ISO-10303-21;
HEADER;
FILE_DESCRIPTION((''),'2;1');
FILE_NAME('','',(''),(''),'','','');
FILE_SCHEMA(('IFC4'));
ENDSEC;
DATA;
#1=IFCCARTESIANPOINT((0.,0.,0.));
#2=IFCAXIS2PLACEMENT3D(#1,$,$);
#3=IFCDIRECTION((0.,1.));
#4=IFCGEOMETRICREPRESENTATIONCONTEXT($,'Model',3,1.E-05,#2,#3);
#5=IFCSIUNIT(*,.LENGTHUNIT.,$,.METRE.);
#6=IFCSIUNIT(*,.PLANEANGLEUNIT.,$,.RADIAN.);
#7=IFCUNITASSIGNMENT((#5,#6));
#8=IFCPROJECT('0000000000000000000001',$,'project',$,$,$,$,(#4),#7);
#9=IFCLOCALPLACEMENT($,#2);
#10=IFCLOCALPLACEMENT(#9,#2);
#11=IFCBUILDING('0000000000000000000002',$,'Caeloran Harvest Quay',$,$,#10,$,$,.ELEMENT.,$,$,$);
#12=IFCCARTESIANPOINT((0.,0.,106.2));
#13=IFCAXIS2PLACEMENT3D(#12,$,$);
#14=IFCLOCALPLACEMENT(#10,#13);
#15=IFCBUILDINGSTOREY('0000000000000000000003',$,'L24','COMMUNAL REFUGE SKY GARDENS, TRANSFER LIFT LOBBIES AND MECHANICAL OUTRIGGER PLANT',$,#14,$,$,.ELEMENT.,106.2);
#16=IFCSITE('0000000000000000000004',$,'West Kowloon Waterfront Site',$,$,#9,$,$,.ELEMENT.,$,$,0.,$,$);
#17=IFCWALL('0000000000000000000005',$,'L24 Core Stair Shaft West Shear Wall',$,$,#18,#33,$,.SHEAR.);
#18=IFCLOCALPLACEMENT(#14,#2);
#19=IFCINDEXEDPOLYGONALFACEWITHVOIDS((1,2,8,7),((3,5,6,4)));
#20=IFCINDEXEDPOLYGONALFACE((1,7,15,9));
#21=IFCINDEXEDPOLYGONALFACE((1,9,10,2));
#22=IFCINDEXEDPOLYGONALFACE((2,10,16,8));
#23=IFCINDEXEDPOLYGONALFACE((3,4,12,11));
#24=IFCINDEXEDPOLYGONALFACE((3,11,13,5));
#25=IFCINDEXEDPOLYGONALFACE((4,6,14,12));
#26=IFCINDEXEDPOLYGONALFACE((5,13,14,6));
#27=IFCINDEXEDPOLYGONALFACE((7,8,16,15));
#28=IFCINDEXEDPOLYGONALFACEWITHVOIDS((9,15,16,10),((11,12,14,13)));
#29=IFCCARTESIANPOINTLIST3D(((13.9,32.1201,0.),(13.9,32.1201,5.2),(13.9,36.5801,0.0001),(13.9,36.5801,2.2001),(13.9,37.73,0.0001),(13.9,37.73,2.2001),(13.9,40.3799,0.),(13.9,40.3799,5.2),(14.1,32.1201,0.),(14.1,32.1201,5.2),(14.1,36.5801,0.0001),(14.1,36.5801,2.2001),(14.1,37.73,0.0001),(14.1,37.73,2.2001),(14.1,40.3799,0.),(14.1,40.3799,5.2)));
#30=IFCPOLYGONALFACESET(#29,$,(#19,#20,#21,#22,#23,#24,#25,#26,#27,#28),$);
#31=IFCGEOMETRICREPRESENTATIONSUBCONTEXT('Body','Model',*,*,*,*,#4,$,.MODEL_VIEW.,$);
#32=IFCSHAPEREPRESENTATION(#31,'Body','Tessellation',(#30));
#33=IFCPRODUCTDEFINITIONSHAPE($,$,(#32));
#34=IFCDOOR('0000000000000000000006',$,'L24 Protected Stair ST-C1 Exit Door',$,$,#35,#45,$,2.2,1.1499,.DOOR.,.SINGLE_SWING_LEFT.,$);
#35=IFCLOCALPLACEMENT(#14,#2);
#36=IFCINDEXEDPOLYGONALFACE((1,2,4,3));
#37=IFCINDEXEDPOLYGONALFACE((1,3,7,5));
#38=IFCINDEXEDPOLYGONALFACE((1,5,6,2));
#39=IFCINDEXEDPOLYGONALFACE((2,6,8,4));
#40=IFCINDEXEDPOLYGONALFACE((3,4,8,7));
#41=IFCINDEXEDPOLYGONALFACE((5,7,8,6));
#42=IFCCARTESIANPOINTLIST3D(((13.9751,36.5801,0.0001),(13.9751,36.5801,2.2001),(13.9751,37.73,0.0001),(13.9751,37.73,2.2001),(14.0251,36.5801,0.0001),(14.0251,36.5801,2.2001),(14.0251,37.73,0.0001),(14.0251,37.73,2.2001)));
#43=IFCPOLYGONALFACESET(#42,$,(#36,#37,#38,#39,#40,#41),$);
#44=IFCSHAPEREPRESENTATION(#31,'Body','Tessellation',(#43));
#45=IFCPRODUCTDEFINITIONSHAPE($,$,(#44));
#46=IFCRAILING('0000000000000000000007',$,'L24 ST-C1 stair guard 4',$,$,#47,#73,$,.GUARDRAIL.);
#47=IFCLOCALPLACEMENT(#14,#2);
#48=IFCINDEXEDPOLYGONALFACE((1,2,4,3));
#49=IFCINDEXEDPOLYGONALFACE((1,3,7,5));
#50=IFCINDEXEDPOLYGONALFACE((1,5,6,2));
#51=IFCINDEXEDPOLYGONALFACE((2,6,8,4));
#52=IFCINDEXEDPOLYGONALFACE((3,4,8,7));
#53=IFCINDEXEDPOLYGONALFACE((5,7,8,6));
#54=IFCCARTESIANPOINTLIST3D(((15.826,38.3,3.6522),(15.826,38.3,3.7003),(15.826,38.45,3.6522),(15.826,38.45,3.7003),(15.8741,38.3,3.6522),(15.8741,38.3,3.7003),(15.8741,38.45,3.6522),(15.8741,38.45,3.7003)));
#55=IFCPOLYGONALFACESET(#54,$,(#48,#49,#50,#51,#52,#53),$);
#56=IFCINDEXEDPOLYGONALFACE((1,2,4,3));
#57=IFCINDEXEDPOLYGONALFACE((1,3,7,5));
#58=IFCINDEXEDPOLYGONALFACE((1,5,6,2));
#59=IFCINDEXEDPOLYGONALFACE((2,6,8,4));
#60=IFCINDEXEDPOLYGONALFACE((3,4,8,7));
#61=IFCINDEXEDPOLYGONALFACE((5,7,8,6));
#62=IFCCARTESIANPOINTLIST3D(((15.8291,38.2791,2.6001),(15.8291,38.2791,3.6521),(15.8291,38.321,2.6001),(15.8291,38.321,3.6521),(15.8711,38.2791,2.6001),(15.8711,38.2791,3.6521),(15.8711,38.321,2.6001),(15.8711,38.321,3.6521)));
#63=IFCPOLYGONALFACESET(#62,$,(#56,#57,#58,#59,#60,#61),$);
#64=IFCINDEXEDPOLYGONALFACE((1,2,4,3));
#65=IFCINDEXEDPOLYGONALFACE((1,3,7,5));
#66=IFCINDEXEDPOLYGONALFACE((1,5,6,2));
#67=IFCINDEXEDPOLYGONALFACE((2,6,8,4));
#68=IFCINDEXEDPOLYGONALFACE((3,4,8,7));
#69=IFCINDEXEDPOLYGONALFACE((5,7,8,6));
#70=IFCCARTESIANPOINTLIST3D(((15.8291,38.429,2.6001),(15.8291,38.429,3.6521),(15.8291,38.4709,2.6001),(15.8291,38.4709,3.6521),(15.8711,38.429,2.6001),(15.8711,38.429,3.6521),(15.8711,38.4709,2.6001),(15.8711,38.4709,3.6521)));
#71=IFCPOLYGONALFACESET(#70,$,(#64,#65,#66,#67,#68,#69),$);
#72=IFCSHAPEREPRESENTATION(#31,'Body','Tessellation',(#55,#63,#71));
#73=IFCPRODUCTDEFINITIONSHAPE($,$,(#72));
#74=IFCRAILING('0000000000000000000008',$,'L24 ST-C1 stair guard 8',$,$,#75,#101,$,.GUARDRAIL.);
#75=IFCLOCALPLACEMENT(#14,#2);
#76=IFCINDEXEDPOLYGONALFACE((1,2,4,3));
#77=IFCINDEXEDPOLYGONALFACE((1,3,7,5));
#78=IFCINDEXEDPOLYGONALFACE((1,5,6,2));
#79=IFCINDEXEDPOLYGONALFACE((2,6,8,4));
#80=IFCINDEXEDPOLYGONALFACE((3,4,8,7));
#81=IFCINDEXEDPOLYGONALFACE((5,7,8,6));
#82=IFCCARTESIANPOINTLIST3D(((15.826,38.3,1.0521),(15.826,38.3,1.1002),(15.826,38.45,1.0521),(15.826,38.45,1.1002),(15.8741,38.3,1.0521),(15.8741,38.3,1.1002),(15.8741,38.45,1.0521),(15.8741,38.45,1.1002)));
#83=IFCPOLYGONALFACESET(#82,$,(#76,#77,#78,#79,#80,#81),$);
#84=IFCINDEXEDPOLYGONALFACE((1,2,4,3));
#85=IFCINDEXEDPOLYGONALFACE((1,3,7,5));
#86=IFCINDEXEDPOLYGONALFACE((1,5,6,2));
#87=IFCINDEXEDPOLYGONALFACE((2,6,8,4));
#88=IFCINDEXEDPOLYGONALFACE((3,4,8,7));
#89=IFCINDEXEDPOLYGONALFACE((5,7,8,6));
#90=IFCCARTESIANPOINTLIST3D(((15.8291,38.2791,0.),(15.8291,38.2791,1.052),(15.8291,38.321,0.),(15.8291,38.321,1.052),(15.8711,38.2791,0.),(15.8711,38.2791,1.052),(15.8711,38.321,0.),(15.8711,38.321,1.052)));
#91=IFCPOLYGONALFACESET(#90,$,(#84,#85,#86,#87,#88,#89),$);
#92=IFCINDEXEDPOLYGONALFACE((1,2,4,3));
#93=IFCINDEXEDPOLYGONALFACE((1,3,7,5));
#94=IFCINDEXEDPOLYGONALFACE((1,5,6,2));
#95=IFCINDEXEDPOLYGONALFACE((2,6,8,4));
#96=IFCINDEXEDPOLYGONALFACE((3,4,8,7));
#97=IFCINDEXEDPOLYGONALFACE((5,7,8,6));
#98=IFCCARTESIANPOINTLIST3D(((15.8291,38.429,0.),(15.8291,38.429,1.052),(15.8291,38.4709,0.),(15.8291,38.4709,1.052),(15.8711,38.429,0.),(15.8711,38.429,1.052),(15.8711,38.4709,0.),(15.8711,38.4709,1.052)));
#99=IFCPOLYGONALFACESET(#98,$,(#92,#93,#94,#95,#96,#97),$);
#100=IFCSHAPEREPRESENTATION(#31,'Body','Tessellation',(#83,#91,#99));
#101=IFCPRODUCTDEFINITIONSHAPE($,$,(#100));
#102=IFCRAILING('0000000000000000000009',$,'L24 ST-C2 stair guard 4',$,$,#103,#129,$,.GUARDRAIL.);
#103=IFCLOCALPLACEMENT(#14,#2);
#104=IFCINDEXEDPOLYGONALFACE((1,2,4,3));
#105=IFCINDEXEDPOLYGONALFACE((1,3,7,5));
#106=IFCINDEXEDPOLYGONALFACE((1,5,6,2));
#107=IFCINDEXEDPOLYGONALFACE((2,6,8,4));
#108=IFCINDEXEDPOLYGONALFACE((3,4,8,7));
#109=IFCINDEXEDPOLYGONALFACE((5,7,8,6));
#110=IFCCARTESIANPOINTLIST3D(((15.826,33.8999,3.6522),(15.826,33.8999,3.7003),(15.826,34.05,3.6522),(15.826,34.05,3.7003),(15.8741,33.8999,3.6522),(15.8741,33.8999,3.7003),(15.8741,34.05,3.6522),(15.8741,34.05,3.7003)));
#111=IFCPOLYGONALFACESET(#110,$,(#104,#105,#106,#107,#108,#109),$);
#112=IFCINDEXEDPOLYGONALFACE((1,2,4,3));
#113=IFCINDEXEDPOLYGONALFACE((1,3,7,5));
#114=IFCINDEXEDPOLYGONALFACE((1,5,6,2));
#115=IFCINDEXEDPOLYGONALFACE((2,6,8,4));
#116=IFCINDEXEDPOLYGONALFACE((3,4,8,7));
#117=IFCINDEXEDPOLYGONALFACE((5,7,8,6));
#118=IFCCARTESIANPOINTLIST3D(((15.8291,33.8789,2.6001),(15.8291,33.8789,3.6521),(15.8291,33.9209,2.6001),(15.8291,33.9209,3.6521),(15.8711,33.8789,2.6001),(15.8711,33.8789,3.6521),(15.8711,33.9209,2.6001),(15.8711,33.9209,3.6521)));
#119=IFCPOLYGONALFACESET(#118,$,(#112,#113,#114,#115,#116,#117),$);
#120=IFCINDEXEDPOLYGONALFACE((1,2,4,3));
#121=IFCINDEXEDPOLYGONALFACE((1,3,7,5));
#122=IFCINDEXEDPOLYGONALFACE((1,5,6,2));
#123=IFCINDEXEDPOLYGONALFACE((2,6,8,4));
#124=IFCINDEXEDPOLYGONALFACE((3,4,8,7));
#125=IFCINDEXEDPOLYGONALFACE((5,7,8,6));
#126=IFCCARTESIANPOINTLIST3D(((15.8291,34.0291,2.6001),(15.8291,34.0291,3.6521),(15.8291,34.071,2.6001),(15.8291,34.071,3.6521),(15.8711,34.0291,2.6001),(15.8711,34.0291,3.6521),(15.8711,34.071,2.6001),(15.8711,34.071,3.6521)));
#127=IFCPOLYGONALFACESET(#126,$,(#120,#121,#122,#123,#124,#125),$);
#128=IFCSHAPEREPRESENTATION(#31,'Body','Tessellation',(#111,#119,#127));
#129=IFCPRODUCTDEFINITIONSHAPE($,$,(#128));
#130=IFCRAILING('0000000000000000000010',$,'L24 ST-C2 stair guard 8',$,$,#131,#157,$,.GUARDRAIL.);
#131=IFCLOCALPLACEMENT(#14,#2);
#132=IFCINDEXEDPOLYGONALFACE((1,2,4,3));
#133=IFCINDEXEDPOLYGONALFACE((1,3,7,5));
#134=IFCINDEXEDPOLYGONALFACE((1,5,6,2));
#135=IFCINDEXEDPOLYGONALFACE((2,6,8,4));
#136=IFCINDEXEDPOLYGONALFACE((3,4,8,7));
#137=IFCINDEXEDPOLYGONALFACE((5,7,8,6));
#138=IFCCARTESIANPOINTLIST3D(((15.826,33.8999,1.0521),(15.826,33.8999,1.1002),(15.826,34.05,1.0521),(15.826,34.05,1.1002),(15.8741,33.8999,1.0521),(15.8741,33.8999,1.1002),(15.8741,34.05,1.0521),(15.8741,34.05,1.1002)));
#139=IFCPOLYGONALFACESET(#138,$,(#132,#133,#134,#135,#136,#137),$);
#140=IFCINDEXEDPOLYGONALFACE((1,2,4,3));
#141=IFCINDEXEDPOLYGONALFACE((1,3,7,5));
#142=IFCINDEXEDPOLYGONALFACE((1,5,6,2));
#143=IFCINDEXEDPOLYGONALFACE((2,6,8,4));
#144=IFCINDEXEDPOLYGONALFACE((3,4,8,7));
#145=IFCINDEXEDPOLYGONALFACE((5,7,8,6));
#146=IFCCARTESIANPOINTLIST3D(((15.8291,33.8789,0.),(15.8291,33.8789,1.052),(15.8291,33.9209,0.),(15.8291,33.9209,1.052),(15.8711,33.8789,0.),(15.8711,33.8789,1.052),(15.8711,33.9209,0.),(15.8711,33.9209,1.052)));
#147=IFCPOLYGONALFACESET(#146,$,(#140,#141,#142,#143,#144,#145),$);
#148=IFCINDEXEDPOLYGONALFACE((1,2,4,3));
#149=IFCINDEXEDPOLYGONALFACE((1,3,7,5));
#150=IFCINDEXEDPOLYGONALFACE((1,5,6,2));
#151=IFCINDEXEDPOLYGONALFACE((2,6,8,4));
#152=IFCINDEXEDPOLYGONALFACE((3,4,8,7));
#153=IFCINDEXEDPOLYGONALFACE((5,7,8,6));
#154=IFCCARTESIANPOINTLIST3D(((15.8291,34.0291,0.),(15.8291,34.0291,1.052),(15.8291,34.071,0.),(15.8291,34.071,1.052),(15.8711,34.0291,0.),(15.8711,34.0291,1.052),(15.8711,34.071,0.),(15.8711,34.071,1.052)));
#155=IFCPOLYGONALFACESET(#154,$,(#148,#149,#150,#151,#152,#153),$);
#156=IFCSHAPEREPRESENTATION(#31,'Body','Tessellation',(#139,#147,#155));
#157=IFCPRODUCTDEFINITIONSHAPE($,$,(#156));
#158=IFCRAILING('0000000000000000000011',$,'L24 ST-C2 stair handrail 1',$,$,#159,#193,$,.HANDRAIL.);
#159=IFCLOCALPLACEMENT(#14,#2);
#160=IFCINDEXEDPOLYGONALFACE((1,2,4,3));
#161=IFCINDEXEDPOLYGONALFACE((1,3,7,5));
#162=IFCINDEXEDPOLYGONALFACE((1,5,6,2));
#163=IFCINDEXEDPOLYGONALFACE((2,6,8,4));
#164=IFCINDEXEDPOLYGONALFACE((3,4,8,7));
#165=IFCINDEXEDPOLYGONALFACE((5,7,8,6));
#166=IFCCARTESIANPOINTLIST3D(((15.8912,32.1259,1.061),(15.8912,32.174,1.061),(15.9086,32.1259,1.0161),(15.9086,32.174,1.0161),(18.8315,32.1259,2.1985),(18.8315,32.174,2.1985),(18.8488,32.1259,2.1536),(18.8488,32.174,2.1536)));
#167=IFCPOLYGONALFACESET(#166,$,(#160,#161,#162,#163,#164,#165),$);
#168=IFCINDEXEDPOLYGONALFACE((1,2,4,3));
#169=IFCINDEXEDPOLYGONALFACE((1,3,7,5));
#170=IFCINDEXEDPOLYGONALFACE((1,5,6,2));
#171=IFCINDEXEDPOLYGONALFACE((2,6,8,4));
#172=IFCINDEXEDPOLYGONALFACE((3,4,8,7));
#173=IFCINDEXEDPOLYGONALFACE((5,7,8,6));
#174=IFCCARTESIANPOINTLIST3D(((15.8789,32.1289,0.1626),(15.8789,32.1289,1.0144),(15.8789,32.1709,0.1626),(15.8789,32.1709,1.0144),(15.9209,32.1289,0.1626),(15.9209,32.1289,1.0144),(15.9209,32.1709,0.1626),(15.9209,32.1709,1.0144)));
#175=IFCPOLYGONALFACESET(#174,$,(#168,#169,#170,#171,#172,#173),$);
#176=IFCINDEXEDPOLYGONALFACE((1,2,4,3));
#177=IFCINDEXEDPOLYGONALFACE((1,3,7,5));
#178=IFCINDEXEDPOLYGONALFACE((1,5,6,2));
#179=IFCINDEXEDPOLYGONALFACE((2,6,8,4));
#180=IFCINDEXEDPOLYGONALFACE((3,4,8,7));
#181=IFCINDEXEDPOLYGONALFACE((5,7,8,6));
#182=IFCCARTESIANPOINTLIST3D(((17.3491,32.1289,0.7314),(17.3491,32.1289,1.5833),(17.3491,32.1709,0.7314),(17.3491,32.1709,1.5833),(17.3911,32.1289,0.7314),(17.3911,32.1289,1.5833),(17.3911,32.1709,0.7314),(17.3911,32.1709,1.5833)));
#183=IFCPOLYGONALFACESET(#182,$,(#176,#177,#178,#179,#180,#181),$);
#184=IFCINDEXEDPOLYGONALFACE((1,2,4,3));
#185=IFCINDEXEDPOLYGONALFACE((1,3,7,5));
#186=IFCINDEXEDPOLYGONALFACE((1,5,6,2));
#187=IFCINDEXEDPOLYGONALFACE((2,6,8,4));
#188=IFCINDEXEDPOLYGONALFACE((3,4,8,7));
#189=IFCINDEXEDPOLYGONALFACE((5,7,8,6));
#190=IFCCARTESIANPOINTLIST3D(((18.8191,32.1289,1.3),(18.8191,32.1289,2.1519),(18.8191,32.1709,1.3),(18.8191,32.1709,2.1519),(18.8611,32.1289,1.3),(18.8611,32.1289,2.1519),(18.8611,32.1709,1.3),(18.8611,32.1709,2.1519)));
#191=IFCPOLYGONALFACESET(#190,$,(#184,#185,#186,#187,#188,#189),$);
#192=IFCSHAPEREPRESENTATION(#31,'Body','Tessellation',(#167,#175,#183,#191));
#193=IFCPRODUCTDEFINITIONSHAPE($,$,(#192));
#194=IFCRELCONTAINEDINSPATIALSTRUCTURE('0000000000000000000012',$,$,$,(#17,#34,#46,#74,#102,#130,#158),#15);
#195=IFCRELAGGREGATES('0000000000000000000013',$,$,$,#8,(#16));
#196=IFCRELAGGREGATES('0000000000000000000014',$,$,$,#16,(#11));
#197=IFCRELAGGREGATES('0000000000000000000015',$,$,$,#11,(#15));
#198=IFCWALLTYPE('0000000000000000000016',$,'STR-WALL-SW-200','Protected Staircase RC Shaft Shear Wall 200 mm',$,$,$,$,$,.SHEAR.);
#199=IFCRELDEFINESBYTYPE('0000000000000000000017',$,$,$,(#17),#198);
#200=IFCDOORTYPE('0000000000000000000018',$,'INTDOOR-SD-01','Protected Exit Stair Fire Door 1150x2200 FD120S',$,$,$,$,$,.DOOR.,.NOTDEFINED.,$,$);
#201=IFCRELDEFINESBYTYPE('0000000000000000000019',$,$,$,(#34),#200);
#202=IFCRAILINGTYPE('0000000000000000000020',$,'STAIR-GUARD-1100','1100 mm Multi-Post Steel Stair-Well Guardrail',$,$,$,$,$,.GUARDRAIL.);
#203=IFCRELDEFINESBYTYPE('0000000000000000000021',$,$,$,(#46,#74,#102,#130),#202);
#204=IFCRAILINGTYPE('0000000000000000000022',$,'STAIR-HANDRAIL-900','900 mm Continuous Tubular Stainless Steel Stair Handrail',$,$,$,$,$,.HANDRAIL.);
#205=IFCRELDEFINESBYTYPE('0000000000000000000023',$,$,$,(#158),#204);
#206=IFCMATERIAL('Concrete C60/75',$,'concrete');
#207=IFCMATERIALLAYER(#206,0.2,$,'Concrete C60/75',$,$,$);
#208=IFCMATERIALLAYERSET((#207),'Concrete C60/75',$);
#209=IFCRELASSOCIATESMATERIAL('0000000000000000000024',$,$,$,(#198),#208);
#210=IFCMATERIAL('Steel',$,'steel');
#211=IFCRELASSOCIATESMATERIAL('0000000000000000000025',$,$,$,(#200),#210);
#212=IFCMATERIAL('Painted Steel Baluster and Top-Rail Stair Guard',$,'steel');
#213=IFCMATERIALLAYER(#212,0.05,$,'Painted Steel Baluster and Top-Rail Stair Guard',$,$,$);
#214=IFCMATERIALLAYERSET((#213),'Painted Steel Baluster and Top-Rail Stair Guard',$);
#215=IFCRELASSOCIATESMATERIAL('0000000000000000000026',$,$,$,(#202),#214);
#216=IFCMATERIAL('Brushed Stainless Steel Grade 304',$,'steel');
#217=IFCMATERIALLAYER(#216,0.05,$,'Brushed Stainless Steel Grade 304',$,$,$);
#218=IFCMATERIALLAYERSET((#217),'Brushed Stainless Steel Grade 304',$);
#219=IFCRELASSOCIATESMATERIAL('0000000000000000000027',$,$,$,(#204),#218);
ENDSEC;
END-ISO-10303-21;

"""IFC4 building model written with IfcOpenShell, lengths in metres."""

from ifc_helpers import new_model, si_unit, direction, frame, frame_2d, origin, origin_2d, place, context, subcontext, project, spatial, rectangle, extrude, material, layer, layer_set, type_object, element, fill, save


model = new_model("IFC4")

# Units and contexts
model_context = context("Model", 3, precision=1e-05, world=origin(), true_north=direction((0.0, 1.0)))
body_context = subcontext(model_context, "Body", "Model", "MODEL_VIEW")
ifc_project = project(units=[si_unit("LENGTHUNIT", "METRE"), si_unit("PLANEANGLEUNIT", "RADIAN")], contexts=[model_context])

# Site, building, storey
site_placement = place(None, origin())
site = spatial("IfcSite", under=ifc_project, at=site_placement, Name="West Kowloon Waterfront Site", CompositionType="ELEMENT", RefElevation=0.0)
building_placement = place(site_placement, origin())
building = spatial("IfcBuilding", under=site, at=building_placement, Name="Caeloran Harvest Quay", CompositionType="ELEMENT")
storey_placement = place(building_placement, frame((0.0, 0.0, 106.2)))
storey = spatial("IfcBuildingStorey", under=building, at=storey_placement, Name="L24", Description="COMMUNAL REFUGE SKY GARDENS, TRANSFER LIFT LOBBIES AND MECHANICAL OUTRIGGER PLANT", CompositionType="ELEMENT", Elevation=106.2)

# Shared definitions
ifc_material_1 = material(Name="Steel", Category="steel")

# Shared definitions
ifc_material_2 = material(Name="Concrete C60/75", Category="concrete")

# Wall, opening, door
ifc_layer_1 = layer(ifc_material_2, 0.2, Name="Concrete C60/75")
ifc_layer_set_1 = layer_set([ifc_layer_1], Name="Concrete C60/75")
wall_type_1 = type_object("IfcWallType", Name="STR-WALL-SW-200", Description="Protected Staircase RC Shaft Shear Wall 200 mm", PredefinedType="SHEAR", material=ifc_layer_set_1)
wall_1_placement = place(storey_placement, frame((14.0, 32.1201, 0.0), z_axis=(0.0, 0.0, 1.0), x_axis=(0.0, 1.0, 0.0)))
wall_1 = element("IfcWall", 1, at=wall_1_placement, inside=storey, type_object=wall_type_1, Name="L24 Core Stair Shaft West Shear Wall", PredefinedType="SHEAR", context=body_context, shape_type="SweptSolid", body=[
    extrude(rectangle(XDim=8.2598, YDim=0.2, at=frame_2d((4.1299, 0.0))), origin(), (0.0, 0.0, 1.0), 5.2),
])
opening_1_placement = place(wall_1_placement, frame((4.46, 0.0, 0.0)))
opening_1 = element("IfcOpeningElement", 2, at=opening_1_placement, cuts=wall_1, PredefinedType="OPENING", context=body_context, shape_type="SweptSolid", body=[
    extrude(rectangle(XDim=1.1499, YDim=2.2, at=frame_2d((0.575, 1.1001))), frame((0.0, 0.1099, 0.0), z_axis=(0.0, -1.0, 0.0), x_axis=(1.0, 0.0, 0.0)), (0.0, 0.0, 1.0), 0.22),
])
door_type_1 = type_object("IfcDoorType", Name="INTDOOR-SD-01", Description="Protected Exit Stair Fire Door 1150x2200 FD120S", OperationType="NOTDEFINED", PredefinedType="DOOR", material=ifc_material_1)
door_1_placement = place(opening_1_placement, origin())
door_1 = element("IfcDoor", 3, at=door_1_placement, inside=storey, type_object=door_type_1, Name="L24 Protected Stair ST-C1 Exit Door", OperationType="SINGLE_SWING_LEFT", OverallHeight=2.2, OverallWidth=1.1499, PredefinedType="DOOR", context=body_context, shape_type="SweptSolid", body=[
    extrude(rectangle(XDim=1.1499, YDim=2.2, at=frame_2d((0.575, 1.1001))), frame((0.0, 0.0249, 0.0), z_axis=(0.0, -1.0, 0.0), x_axis=(1.0, 0.0, 0.0)), (0.0, 0.0, 1.0), 0.05),
])
fill(opening_1, door_1)

# Railings
ifc_material_3 = material(Name="Painted Steel Baluster and Top-Rail Stair Guard", Category="steel")
ifc_layer_2 = layer(ifc_material_3, 0.05, Name="Painted Steel Baluster and Top-Rail Stair Guard")
ifc_layer_set_2 = layer_set([ifc_layer_2], Name="Painted Steel Baluster and Top-Rail Stair Guard")
railing_type_1 = type_object("IfcRailingType", Name="STAIR-GUARD-1100", Description="1100 mm Multi-Post Steel Stair-Well Guardrail", PredefinedType="GUARDRAIL", material=ifc_layer_set_2)
for number, where, name in (
    (4, (15.8501, 38.3, 2.6001), "L24 ST-C1 stair guard 4"),
    (5, (15.8501, 38.3, 0.0), "L24 ST-C1 stair guard 8"),
):
    element("IfcRailing", number, at=place(storey_placement, frame(where)), inside=storey, type_object=railing_type_1, Name=name, PredefinedType="GUARDRAIL", context=body_context, shape_type="SweptSolid", body=[
        extrude(rectangle(XDim=0.0481, YDim=0.0481, at=origin_2d()), frame((0.0, 0.0, 1.0762), z_axis=(0.0, 1.0, 0.0), x_axis=(-1.0, 0.0, 0.0)), (0.0, 0.0, 1.0), 0.1499),
        extrude(rectangle(XDim=0.042, YDim=0.042, at=origin_2d()), origin(), (0.0, 0.0, 1.0), 1.052),
        extrude(rectangle(XDim=0.042, YDim=0.042, at=origin_2d()), frame((0.0, 0.1499, 0.0)), (0.0, 0.0, 1.0), 1.052),
    ])
for number, where, name in (
    (6, (15.8501, 33.8999, 2.6001), "L24 ST-C2 stair guard 4"),
    (7, (15.8501, 33.8999, 0.0), "L24 ST-C2 stair guard 8"),
):
    element("IfcRailing", number, at=place(storey_placement, frame(where)), inside=storey, type_object=railing_type_1, Name=name, PredefinedType="GUARDRAIL", context=body_context, shape_type="SweptSolid", body=[
        extrude(rectangle(XDim=0.0481, YDim=0.0481, at=origin_2d()), frame((0.0, 0.0, 1.0762), z_axis=(0.0, 1.0, 0.0), x_axis=(-1.0, 0.0, 0.0)), (0.0, 0.0, 1.0), 0.1501),
        extrude(rectangle(XDim=0.042, YDim=0.042, at=origin_2d()), origin(), (0.0, 0.0, 1.0), 1.052),
        extrude(rectangle(XDim=0.042, YDim=0.042, at=origin_2d()), frame((0.0, 0.1501, 0.0)), (0.0, 0.0, 1.0), 1.052),
    ])
ifc_material_4 = material(Name="Brushed Stainless Steel Grade 304", Category="steel")
ifc_layer_3 = layer(ifc_material_4, 0.05, Name="Brushed Stainless Steel Grade 304")
ifc_layer_set_3 = layer_set([ifc_layer_3], Name="Brushed Stainless Steel Grade 304")
railing_type_2 = type_object("IfcRailingType", Name="STAIR-HANDRAIL-900", Description="900 mm Continuous Tubular Stainless Steel Stair Handrail", PredefinedType="HANDRAIL", material=ifc_layer_set_3)
railing_placement = place(storey_placement, frame((15.8999, 32.1499, 0.1626)))
element("IfcRailing", 8, at=railing_placement, inside=storey, type_object=railing_type_2, Name="L24 ST-C2 stair handrail 1", PredefinedType="HANDRAIL", context=body_context, shape_type="SweptSolid", body=[
    extrude(rectangle(XDim=0.0481, YDim=0.0481, at=origin_2d()), frame((0.0, 0.0, 0.876), z_axis=(0.932641, 0.0, 0.360805), x_axis=(0.0, 1.0, 0.0)), (0.0, 0.0, 1.0), 3.1526),
    extrude(rectangle(XDim=0.042, YDim=0.042, at=origin_2d()), origin(), (0.0, 0.0, 1.0), 0.8518),
    extrude(rectangle(XDim=0.042, YDim=0.042, at=origin_2d()), frame((1.4702, 0.0, 0.5688)), (0.0, 0.0, 1.0), 0.8518),
    extrude(rectangle(XDim=0.042, YDim=0.042, at=origin_2d()), frame((2.9402, 0.0, 1.1375)), (0.0, 0.0, 1.0), 0.8518),
])

save(model, "model.ifc")
